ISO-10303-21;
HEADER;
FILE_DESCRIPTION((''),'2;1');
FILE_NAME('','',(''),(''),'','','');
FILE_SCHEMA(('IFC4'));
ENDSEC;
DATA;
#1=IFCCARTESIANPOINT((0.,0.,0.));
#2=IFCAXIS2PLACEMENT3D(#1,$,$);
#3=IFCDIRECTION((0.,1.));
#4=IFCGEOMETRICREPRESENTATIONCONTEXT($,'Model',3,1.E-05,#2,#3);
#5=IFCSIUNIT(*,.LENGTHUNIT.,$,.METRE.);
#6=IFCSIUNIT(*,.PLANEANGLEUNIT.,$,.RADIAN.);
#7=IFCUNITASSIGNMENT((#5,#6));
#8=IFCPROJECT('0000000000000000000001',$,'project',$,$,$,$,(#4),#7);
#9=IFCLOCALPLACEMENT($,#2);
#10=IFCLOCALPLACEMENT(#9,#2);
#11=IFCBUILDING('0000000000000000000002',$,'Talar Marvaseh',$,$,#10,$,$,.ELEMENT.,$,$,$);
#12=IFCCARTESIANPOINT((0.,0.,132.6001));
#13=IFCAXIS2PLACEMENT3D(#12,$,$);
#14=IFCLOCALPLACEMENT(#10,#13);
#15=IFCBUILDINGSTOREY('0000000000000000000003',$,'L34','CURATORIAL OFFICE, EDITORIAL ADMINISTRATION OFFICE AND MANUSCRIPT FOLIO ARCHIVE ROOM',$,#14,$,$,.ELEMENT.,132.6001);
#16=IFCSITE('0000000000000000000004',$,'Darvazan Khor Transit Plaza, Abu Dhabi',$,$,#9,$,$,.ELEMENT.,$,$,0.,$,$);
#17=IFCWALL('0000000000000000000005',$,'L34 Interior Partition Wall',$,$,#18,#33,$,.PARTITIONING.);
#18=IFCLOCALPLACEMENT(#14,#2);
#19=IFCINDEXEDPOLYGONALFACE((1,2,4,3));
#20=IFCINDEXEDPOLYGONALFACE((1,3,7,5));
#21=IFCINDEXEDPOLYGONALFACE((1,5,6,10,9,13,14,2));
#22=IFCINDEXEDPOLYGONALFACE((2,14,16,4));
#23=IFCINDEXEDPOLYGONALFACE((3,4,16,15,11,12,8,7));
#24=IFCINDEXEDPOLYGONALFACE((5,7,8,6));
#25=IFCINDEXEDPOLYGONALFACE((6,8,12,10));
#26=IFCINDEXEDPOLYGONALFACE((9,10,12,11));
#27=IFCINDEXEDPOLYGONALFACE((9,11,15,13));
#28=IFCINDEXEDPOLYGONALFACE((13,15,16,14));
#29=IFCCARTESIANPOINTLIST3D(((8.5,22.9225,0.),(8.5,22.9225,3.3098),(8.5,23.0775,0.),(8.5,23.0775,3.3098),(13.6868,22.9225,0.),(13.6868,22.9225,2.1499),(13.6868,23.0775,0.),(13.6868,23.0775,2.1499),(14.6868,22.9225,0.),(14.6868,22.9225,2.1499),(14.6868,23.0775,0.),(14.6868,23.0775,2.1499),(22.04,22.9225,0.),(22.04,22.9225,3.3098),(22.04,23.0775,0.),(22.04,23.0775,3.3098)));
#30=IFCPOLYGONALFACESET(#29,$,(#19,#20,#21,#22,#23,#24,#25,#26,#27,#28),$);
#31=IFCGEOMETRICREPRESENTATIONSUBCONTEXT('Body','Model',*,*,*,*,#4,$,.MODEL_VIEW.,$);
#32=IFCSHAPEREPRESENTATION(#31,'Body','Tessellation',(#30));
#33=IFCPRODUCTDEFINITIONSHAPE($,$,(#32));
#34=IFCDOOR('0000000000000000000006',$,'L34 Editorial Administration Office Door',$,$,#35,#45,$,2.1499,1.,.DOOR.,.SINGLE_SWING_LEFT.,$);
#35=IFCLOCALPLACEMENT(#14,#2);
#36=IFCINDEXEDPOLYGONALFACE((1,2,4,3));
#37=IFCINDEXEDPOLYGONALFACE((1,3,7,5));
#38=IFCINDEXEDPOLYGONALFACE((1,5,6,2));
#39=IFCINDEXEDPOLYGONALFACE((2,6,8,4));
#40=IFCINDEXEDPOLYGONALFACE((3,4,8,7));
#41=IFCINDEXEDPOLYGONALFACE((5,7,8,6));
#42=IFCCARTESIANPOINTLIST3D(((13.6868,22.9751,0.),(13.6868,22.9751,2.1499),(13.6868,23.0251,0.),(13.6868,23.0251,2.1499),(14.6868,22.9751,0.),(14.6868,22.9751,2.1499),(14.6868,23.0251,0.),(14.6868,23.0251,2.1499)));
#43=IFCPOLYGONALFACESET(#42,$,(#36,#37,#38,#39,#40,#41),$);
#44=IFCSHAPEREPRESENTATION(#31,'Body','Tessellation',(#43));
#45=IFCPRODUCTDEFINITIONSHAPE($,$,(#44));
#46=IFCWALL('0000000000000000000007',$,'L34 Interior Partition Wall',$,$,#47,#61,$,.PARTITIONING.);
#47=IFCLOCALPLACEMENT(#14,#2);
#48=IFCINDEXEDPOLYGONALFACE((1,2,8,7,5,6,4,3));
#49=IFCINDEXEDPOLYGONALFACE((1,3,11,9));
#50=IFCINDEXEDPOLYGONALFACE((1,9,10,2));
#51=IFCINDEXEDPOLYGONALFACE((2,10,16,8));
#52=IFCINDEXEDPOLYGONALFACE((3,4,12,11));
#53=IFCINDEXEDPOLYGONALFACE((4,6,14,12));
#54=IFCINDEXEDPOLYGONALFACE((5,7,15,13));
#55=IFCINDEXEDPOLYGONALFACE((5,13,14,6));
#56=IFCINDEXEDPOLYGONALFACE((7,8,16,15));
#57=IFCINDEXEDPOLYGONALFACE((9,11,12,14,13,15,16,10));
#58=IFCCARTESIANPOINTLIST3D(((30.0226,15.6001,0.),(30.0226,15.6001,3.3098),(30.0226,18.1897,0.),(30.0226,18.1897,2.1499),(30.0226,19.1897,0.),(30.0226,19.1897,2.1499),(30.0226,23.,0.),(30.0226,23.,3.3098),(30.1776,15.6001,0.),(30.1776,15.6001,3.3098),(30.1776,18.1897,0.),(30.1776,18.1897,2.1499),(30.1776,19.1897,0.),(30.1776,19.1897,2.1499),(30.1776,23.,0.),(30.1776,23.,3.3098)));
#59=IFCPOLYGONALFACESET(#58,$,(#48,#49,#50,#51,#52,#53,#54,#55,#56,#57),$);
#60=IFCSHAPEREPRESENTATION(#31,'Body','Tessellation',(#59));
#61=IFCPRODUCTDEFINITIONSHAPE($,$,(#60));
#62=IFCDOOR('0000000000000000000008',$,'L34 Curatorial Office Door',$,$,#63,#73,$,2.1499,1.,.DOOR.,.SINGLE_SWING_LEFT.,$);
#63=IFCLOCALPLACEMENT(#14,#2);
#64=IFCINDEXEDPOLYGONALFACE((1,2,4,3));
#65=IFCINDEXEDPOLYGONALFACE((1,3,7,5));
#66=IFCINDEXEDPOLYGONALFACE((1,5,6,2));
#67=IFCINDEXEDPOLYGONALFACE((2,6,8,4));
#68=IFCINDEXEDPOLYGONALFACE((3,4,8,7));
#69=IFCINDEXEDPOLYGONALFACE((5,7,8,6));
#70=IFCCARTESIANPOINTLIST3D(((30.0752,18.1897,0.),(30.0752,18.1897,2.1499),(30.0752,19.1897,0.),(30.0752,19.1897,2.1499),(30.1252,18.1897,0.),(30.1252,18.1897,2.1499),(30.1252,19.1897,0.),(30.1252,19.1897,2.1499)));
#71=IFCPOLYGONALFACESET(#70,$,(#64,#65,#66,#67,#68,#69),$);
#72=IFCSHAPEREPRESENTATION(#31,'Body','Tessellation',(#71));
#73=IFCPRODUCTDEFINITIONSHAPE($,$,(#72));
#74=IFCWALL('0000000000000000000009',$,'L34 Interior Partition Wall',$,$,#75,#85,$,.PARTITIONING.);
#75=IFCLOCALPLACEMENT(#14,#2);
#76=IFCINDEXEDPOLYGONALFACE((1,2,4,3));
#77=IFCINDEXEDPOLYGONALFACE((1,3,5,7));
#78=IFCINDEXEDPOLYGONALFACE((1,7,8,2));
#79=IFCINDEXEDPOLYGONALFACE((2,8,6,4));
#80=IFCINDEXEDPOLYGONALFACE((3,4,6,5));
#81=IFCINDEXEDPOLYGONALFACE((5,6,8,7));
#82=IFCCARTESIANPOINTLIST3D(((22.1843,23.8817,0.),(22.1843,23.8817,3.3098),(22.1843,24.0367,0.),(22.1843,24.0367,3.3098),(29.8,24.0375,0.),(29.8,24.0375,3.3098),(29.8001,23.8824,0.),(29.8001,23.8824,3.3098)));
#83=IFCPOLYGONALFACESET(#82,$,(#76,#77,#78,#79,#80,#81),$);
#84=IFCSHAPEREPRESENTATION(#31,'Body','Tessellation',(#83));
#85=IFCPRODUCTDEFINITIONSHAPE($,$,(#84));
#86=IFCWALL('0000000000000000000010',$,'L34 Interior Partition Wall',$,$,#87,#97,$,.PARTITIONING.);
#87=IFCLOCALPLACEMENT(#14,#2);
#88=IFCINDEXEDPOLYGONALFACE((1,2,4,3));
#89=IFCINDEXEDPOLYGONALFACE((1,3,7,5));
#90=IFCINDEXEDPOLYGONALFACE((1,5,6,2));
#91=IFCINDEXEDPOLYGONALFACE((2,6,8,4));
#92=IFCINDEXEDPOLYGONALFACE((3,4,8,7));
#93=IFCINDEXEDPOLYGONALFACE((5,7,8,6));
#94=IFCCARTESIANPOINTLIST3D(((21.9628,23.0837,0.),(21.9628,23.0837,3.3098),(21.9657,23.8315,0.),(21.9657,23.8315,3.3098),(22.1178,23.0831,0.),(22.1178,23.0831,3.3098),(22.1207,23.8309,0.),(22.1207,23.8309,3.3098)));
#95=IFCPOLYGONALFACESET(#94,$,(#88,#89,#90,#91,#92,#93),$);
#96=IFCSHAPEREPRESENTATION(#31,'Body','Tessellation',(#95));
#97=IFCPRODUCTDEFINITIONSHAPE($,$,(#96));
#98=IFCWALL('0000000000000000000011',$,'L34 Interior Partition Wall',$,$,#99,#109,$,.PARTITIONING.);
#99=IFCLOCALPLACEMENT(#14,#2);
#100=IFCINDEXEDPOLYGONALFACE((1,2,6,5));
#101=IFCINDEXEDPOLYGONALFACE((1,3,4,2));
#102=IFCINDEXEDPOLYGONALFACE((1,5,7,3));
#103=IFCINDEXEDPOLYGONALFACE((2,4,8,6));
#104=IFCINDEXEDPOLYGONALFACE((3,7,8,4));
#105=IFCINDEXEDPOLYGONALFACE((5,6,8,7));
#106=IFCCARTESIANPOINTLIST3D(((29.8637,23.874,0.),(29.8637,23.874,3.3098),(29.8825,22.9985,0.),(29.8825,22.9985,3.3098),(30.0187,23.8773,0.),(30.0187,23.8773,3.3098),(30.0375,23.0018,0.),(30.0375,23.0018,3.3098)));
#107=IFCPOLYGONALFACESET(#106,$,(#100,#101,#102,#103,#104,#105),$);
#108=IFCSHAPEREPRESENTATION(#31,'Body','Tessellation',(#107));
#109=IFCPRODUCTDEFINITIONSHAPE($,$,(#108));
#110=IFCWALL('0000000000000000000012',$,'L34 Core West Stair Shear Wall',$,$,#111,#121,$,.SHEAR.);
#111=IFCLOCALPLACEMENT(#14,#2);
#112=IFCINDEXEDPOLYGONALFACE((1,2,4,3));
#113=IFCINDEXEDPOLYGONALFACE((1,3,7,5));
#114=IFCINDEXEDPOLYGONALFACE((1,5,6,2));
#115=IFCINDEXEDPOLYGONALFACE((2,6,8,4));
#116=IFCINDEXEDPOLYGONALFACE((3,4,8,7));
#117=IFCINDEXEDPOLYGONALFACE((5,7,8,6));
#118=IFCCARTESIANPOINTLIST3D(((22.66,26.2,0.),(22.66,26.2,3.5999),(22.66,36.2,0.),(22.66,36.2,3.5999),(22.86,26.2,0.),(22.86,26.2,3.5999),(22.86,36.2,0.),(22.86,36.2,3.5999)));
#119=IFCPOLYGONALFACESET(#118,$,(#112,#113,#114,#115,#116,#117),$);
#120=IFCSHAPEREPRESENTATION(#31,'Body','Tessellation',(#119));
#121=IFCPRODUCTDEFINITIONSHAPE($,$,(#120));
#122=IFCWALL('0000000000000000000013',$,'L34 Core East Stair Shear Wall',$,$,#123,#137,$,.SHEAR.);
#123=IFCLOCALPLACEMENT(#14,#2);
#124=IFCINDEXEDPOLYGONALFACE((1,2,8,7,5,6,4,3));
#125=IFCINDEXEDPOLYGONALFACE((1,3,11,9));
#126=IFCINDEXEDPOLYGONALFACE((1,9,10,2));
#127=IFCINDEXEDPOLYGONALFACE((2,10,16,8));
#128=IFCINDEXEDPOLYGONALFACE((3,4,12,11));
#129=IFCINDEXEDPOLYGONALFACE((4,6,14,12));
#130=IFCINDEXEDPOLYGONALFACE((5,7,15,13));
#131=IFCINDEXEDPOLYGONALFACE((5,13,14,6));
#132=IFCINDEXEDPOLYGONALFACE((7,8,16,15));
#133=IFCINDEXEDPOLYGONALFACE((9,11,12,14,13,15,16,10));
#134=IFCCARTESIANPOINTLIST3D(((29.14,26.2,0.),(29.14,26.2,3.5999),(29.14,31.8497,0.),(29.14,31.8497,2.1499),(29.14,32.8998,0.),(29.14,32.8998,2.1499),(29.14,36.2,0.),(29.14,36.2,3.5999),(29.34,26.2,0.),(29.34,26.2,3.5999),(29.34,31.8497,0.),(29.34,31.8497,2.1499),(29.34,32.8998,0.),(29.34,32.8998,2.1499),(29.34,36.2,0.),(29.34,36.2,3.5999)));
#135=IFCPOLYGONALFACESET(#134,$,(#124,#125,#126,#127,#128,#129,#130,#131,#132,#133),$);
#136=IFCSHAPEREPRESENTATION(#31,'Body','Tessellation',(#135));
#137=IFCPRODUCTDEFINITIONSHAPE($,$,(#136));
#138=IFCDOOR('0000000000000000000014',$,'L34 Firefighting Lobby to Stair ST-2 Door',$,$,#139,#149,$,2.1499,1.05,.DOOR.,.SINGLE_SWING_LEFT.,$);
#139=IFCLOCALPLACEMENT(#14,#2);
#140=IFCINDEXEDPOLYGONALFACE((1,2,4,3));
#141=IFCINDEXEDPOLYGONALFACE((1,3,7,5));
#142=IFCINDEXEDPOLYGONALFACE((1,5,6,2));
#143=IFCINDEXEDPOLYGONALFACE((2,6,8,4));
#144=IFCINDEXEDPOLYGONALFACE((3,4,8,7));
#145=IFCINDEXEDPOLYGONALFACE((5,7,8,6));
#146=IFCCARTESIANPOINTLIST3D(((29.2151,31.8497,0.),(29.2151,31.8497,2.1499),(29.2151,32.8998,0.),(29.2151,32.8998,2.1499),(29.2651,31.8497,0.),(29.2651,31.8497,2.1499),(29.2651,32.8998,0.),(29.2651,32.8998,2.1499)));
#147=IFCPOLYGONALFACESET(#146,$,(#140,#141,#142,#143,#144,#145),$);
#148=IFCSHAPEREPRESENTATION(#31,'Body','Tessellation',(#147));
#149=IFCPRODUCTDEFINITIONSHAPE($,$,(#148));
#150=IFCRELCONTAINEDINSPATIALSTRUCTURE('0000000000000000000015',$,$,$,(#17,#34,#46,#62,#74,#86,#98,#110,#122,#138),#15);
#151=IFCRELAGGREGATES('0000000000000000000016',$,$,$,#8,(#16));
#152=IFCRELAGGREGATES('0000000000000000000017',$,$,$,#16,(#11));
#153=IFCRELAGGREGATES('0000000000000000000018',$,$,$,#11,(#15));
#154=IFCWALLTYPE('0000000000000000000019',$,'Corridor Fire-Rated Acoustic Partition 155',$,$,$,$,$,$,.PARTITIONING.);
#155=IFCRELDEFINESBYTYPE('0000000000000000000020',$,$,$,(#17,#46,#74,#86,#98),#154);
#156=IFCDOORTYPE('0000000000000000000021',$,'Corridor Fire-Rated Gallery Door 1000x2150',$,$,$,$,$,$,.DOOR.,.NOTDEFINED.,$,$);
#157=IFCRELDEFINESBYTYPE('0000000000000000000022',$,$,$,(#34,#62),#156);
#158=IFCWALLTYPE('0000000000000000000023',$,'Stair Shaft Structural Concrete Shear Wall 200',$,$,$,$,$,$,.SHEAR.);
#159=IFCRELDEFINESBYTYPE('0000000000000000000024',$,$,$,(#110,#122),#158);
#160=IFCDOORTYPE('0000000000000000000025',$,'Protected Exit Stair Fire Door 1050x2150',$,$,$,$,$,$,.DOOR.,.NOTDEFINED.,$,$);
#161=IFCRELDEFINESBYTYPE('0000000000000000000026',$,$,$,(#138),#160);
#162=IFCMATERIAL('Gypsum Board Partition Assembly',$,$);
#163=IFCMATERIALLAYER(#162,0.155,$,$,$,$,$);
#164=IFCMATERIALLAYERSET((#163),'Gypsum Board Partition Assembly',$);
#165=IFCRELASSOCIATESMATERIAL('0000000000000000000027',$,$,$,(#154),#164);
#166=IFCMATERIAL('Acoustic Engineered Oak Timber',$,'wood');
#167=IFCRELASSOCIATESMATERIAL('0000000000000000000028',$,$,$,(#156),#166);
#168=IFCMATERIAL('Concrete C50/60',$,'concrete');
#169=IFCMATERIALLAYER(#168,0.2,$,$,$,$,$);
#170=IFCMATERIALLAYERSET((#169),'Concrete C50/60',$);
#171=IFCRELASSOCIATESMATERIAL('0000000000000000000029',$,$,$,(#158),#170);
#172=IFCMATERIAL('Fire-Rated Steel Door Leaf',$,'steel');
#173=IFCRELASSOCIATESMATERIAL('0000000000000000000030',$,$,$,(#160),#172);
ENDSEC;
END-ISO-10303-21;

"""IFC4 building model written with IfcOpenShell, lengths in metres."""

from ifc_helpers import new_model, si_unit, direction, frame, frame_2d, origin, place, context, subcontext, project, spatial, rectangle, extrude, source, transform, mapped, material, layer, layer_set, type_object, type_shapes, element, fill, save


model = new_model("IFC4")

# Units and contexts
model_context = context("Model", 3, precision=1e-05, world=origin(), true_north=direction((0.0, 1.0)))
body_context = subcontext(model_context, "Body", "Model", "MODEL_VIEW")
ifc_project = project(units=[si_unit("LENGTHUNIT", "METRE"), si_unit("PLANEANGLEUNIT", "RADIAN")], contexts=[model_context])

# Site, building, storey
site_placement = place(None, origin())
site = spatial("IfcSite", under=ifc_project, at=site_placement, Name="Darvazan Khor Transit Plaza, Abu Dhabi", CompositionType="ELEMENT", RefElevation=0.0)
building_placement = place(site_placement, origin())
building = spatial("IfcBuilding", under=site, at=building_placement, Name="Talar Marvaseh", CompositionType="ELEMENT")
storey_placement = place(building_placement, frame((0.0, 0.0, 132.6001)))
storey = spatial("IfcBuildingStorey", under=building, at=storey_placement, Name="L34", Description="CURATORIAL OFFICE, EDITORIAL ADMINISTRATION OFFICE AND MANUSCRIPT FOLIO ARCHIVE ROOM", CompositionType="ELEMENT", Elevation=132.6001)

# Shared definitions
ifc_material_1 = material(Name="Gypsum Board Partition Assembly")
ifc_layer_1 = layer(ifc_material_1, 0.155)
ifc_layer_set_1 = layer_set([ifc_layer_1], Name="Gypsum Board Partition Assembly")
wall_type_1 = type_object("IfcWallType", Name="Corridor Fire-Rated Acoustic Partition 155", PredefinedType="PARTITIONING", material=ifc_layer_set_1)
ifc_material_2 = material(Name="Fire-Rated Steel Door Leaf", Category="steel")

# Walls, openings, doors
wall_1_placement = place(storey_placement, frame((22.04, 23.0, 0.0), z_axis=(0.0, 0.0, 1.0), x_axis=(-1.0, 0.0, 0.0)))
wall_1 = element("IfcWall", 1, at=wall_1_placement, inside=storey, type_object=wall_type_1, Name="L34 Interior Partition Wall", PredefinedType="PARTITIONING", context=body_context, shape_type="SweptSolid", body=[
    extrude(rectangle(XDim=13.54, YDim=0.155, at=frame_2d((6.77, 0.0))), origin(), (0.0, 0.0, 1.0), 3.3098),
])
opening_1_placement = place(wall_1_placement, frame((7.3533, 0.0, 0.0)))
opening_1 = element("IfcOpeningElement", 2, at=opening_1_placement, cuts=wall_1, PredefinedType="OPENING", context=body_context, shape_type="SweptSolid", body=[
    extrude(rectangle(XDim=1.0, YDim=2.1499, at=frame_2d((0.5, 1.075))), frame((0.0, 0.0874, 0.0), z_axis=(0.0, -1.0, 0.0), x_axis=(1.0, 0.0, 0.0)), (0.0, 0.0, 1.0), 0.175),
])
ifc_material_3 = material(Name="Acoustic Engineered Oak Timber", Category="wood")
door_type_1 = type_object("IfcDoorType", Name="Corridor Fire-Rated Gallery Door 1000x2150", OperationType="NOTDEFINED", PredefinedType="DOOR", material=ifc_material_3)
shared_shape_1 = source(origin(), body_context, "Body", "SweptSolid", [
    extrude(rectangle(XDim=1.0, YDim=2.1499, at=frame_2d((0.5, 1.075))), frame((0.0, 0.0249, 0.0), z_axis=(0.0, -1.0, 0.0), x_axis=(1.0, 0.0, 0.0)), (0.0, 0.0, 1.0), 0.05),
])
type_shapes(door_type_1, [shared_shape_1])
door_1_placement = place(opening_1_placement, origin())
door_1 = element("IfcDoor", 3, at=door_1_placement, inside=storey, type_object=door_type_1, Name="L34 Editorial Administration Office Door", OperationType="SINGLE_SWING_LEFT", OverallHeight=2.1499, OverallWidth=1.0, PredefinedType="DOOR", context=body_context, shape_type="MappedRepresentation", body=[
    mapped(shared_shape_1, transform((0.0, 0.0, 0.0), x_axis=(1.0, 0.0, 0.0), y_axis=(0.0, 1.0, 0.0), z_axis=(0.0, 0.0, 1.0), scale=1.0)),
])
fill(opening_1, door_1)
wall_2_placement = place(storey_placement, frame((30.1001, 15.6001, 0.0), z_axis=(0.0, 0.0, 1.0), x_axis=(0.0, 1.0, 0.0)))
wall_2 = element("IfcWall", 4, at=wall_2_placement, inside=storey, type_object=wall_type_1, Name="L34 Interior Partition Wall", PredefinedType="PARTITIONING", context=body_context, shape_type="SweptSolid", body=[
    extrude(rectangle(XDim=7.3999, YDim=0.155, at=frame_2d((3.7, 0.0))), origin(), (0.0, 0.0, 1.0), 3.3098),
])
opening_2_placement = place(wall_2_placement, frame((2.5896, 0.0, 0.0)))
opening_2 = element("IfcOpeningElement", 5, at=opening_2_placement, cuts=wall_2, PredefinedType="OPENING", context=body_context, shape_type="SweptSolid", body=[
    extrude(rectangle(XDim=1.0, YDim=2.1499, at=frame_2d((0.5, 1.075))), frame((0.0, 0.0874, 0.0), z_axis=(0.0, -1.0, 0.0), x_axis=(1.0, 0.0, 0.0)), (0.0, 0.0, 1.0), 0.175),
])
door_2_placement = place(opening_2_placement, origin())
door_2 = element("IfcDoor", 6, at=door_2_placement, inside=storey, type_object=door_type_1, Name="L34 Curatorial Office Door", OperationType="SINGLE_SWING_LEFT", OverallHeight=2.1499, OverallWidth=1.0, PredefinedType="DOOR", context=body_context, shape_type="MappedRepresentation", body=[
    mapped(shared_shape_1, transform((0.0, 0.0, 0.0), x_axis=(1.0, 0.0, 0.0), y_axis=(0.0, 1.0, 0.0), z_axis=(0.0, 0.0, 1.0), scale=1.0)),
])
fill(opening_2, door_2)

# Walls
wall_3_placement = place(storey_placement, frame((29.8, 23.96, 0.0), z_axis=(0.0, 0.0, 1.0), x_axis=(-1.0, -0.000096, 0.0)))
element("IfcWall", 7, at=wall_3_placement, inside=storey, type_object=wall_type_1, Name="L34 Interior Partition Wall", PredefinedType="PARTITIONING", context=body_context, shape_type="SweptSolid", body=[
    extrude(rectangle(XDim=7.6157, YDim=0.155, at=frame_2d((3.8079, 0.0))), origin(), (0.0, 0.0, 1.0), 3.3098),
])
wall_4_placement = place(storey_placement, frame((22.0432, 23.8313, 0.0), z_axis=(0.0, 0.0, 1.0), x_axis=(-0.003918, -0.999992, 0.0)))
element("IfcWall", 8, at=wall_4_placement, inside=storey, type_object=wall_type_1, Name="L34 Interior Partition Wall", PredefinedType="PARTITIONING", context=body_context, shape_type="SweptSolid", body=[
    extrude(rectangle(XDim=0.7478, YDim=0.155, at=frame_2d((0.374, 0.0))), origin(), (0.0, 0.0, 1.0), 3.3098),
])
wall_5_placement = place(storey_placement, frame((29.96, 23.0, 0.0), z_axis=(0.0, 0.0, 1.0), x_axis=(-0.021467, 0.99977, 0.0)))
element("IfcWall", 9, at=wall_5_placement, inside=storey, type_object=wall_type_1, Name="L34 Interior Partition Wall", PredefinedType="PARTITIONING", context=body_context, shape_type="SweptSolid", body=[
    extrude(rectangle(XDim=0.8757, YDim=0.155, at=frame_2d((0.438, 0.0))), origin(), (0.0, 0.0, 1.0), 3.3098),
])
ifc_material_4 = material(Name="Concrete C50/60", Category="concrete")
ifc_layer_2 = layer(ifc_material_4, 0.2)
ifc_layer_set_2 = layer_set([ifc_layer_2], Name="Concrete C50/60")
wall_type_2 = type_object("IfcWallType", Name="Stair Shaft Structural Concrete Shear Wall 200", PredefinedType="SHEAR", material=ifc_layer_set_2)
wall_6_placement = place(storey_placement, frame((22.76, 26.2, 0.0), z_axis=(0.0, 0.0, 1.0), x_axis=(0.0, 1.0, 0.0)))
element("IfcWall", 10, at=wall_6_placement, inside=storey, type_object=wall_type_2, Name="L34 Core West Stair Shear Wall", PredefinedType="SHEAR", context=body_context, shape_type="SweptSolid", body=[
    extrude(rectangle(XDim=10.0, YDim=0.2, at=frame_2d((5.0, 0.0))), origin(), (0.0, 0.0, 1.0), 3.5999),
])

# Wall, opening, door
wall_7_placement = place(storey_placement, frame((29.24, 26.2, 0.0), z_axis=(0.0, 0.0, 1.0), x_axis=(0.0, 1.0, 0.0)))
wall_7 = element("IfcWall", 11, at=wall_7_placement, inside=storey, type_object=wall_type_2, Name="L34 Core East Stair Shear Wall", PredefinedType="SHEAR", context=body_context, shape_type="SweptSolid", body=[
    extrude(rectangle(XDim=10.0, YDim=0.2, at=frame_2d((5.0, 0.0))), origin(), (0.0, 0.0, 1.0), 3.5999),
])
opening_3_placement = place(wall_7_placement, frame((5.6499, 0.0, 0.0)))
opening_3 = element("IfcOpeningElement", 12, at=opening_3_placement, cuts=wall_7, PredefinedType="OPENING", context=body_context, shape_type="SweptSolid", body=[
    extrude(rectangle(XDim=1.05, YDim=2.1499, at=frame_2d((0.5249, 1.075))), frame((0.0, 0.1099, 0.0), z_axis=(0.0, -1.0, 0.0), x_axis=(1.0, 0.0, 0.0)), (0.0, 0.0, 1.0), 0.22),
])
door_type_2 = type_object("IfcDoorType", Name="Protected Exit Stair Fire Door 1050x2150", OperationType="NOTDEFINED", PredefinedType="DOOR", material=ifc_material_2)
shared_shape_2 = source(origin(), body_context, "Body", "SweptSolid", [
    extrude(rectangle(XDim=1.05, YDim=2.1499, at=frame_2d((0.5249, 1.075))), frame((0.0, 0.0249, 0.0), z_axis=(0.0, -1.0, 0.0), x_axis=(1.0, 0.0, 0.0)), (0.0, 0.0, 1.0), 0.05),
])
type_shapes(door_type_2, [shared_shape_2])
door_3_placement = place(opening_3_placement, origin())
door_3 = element("IfcDoor", 13, at=door_3_placement, inside=storey, type_object=door_type_2, Name="L34 Firefighting Lobby to Stair ST-2 Door", OperationType="SINGLE_SWING_LEFT", OverallHeight=2.1499, OverallWidth=1.05, PredefinedType="DOOR", context=body_context, shape_type="MappedRepresentation", body=[
    mapped(shared_shape_2, transform((0.0, 0.0, 0.0), x_axis=(1.0, 0.0, 0.0), y_axis=(0.0, 1.0, 0.0), z_axis=(0.0, 0.0, 1.0), scale=1.0)),
])
fill(opening_3, door_3)

save(model, "model.ifc")
